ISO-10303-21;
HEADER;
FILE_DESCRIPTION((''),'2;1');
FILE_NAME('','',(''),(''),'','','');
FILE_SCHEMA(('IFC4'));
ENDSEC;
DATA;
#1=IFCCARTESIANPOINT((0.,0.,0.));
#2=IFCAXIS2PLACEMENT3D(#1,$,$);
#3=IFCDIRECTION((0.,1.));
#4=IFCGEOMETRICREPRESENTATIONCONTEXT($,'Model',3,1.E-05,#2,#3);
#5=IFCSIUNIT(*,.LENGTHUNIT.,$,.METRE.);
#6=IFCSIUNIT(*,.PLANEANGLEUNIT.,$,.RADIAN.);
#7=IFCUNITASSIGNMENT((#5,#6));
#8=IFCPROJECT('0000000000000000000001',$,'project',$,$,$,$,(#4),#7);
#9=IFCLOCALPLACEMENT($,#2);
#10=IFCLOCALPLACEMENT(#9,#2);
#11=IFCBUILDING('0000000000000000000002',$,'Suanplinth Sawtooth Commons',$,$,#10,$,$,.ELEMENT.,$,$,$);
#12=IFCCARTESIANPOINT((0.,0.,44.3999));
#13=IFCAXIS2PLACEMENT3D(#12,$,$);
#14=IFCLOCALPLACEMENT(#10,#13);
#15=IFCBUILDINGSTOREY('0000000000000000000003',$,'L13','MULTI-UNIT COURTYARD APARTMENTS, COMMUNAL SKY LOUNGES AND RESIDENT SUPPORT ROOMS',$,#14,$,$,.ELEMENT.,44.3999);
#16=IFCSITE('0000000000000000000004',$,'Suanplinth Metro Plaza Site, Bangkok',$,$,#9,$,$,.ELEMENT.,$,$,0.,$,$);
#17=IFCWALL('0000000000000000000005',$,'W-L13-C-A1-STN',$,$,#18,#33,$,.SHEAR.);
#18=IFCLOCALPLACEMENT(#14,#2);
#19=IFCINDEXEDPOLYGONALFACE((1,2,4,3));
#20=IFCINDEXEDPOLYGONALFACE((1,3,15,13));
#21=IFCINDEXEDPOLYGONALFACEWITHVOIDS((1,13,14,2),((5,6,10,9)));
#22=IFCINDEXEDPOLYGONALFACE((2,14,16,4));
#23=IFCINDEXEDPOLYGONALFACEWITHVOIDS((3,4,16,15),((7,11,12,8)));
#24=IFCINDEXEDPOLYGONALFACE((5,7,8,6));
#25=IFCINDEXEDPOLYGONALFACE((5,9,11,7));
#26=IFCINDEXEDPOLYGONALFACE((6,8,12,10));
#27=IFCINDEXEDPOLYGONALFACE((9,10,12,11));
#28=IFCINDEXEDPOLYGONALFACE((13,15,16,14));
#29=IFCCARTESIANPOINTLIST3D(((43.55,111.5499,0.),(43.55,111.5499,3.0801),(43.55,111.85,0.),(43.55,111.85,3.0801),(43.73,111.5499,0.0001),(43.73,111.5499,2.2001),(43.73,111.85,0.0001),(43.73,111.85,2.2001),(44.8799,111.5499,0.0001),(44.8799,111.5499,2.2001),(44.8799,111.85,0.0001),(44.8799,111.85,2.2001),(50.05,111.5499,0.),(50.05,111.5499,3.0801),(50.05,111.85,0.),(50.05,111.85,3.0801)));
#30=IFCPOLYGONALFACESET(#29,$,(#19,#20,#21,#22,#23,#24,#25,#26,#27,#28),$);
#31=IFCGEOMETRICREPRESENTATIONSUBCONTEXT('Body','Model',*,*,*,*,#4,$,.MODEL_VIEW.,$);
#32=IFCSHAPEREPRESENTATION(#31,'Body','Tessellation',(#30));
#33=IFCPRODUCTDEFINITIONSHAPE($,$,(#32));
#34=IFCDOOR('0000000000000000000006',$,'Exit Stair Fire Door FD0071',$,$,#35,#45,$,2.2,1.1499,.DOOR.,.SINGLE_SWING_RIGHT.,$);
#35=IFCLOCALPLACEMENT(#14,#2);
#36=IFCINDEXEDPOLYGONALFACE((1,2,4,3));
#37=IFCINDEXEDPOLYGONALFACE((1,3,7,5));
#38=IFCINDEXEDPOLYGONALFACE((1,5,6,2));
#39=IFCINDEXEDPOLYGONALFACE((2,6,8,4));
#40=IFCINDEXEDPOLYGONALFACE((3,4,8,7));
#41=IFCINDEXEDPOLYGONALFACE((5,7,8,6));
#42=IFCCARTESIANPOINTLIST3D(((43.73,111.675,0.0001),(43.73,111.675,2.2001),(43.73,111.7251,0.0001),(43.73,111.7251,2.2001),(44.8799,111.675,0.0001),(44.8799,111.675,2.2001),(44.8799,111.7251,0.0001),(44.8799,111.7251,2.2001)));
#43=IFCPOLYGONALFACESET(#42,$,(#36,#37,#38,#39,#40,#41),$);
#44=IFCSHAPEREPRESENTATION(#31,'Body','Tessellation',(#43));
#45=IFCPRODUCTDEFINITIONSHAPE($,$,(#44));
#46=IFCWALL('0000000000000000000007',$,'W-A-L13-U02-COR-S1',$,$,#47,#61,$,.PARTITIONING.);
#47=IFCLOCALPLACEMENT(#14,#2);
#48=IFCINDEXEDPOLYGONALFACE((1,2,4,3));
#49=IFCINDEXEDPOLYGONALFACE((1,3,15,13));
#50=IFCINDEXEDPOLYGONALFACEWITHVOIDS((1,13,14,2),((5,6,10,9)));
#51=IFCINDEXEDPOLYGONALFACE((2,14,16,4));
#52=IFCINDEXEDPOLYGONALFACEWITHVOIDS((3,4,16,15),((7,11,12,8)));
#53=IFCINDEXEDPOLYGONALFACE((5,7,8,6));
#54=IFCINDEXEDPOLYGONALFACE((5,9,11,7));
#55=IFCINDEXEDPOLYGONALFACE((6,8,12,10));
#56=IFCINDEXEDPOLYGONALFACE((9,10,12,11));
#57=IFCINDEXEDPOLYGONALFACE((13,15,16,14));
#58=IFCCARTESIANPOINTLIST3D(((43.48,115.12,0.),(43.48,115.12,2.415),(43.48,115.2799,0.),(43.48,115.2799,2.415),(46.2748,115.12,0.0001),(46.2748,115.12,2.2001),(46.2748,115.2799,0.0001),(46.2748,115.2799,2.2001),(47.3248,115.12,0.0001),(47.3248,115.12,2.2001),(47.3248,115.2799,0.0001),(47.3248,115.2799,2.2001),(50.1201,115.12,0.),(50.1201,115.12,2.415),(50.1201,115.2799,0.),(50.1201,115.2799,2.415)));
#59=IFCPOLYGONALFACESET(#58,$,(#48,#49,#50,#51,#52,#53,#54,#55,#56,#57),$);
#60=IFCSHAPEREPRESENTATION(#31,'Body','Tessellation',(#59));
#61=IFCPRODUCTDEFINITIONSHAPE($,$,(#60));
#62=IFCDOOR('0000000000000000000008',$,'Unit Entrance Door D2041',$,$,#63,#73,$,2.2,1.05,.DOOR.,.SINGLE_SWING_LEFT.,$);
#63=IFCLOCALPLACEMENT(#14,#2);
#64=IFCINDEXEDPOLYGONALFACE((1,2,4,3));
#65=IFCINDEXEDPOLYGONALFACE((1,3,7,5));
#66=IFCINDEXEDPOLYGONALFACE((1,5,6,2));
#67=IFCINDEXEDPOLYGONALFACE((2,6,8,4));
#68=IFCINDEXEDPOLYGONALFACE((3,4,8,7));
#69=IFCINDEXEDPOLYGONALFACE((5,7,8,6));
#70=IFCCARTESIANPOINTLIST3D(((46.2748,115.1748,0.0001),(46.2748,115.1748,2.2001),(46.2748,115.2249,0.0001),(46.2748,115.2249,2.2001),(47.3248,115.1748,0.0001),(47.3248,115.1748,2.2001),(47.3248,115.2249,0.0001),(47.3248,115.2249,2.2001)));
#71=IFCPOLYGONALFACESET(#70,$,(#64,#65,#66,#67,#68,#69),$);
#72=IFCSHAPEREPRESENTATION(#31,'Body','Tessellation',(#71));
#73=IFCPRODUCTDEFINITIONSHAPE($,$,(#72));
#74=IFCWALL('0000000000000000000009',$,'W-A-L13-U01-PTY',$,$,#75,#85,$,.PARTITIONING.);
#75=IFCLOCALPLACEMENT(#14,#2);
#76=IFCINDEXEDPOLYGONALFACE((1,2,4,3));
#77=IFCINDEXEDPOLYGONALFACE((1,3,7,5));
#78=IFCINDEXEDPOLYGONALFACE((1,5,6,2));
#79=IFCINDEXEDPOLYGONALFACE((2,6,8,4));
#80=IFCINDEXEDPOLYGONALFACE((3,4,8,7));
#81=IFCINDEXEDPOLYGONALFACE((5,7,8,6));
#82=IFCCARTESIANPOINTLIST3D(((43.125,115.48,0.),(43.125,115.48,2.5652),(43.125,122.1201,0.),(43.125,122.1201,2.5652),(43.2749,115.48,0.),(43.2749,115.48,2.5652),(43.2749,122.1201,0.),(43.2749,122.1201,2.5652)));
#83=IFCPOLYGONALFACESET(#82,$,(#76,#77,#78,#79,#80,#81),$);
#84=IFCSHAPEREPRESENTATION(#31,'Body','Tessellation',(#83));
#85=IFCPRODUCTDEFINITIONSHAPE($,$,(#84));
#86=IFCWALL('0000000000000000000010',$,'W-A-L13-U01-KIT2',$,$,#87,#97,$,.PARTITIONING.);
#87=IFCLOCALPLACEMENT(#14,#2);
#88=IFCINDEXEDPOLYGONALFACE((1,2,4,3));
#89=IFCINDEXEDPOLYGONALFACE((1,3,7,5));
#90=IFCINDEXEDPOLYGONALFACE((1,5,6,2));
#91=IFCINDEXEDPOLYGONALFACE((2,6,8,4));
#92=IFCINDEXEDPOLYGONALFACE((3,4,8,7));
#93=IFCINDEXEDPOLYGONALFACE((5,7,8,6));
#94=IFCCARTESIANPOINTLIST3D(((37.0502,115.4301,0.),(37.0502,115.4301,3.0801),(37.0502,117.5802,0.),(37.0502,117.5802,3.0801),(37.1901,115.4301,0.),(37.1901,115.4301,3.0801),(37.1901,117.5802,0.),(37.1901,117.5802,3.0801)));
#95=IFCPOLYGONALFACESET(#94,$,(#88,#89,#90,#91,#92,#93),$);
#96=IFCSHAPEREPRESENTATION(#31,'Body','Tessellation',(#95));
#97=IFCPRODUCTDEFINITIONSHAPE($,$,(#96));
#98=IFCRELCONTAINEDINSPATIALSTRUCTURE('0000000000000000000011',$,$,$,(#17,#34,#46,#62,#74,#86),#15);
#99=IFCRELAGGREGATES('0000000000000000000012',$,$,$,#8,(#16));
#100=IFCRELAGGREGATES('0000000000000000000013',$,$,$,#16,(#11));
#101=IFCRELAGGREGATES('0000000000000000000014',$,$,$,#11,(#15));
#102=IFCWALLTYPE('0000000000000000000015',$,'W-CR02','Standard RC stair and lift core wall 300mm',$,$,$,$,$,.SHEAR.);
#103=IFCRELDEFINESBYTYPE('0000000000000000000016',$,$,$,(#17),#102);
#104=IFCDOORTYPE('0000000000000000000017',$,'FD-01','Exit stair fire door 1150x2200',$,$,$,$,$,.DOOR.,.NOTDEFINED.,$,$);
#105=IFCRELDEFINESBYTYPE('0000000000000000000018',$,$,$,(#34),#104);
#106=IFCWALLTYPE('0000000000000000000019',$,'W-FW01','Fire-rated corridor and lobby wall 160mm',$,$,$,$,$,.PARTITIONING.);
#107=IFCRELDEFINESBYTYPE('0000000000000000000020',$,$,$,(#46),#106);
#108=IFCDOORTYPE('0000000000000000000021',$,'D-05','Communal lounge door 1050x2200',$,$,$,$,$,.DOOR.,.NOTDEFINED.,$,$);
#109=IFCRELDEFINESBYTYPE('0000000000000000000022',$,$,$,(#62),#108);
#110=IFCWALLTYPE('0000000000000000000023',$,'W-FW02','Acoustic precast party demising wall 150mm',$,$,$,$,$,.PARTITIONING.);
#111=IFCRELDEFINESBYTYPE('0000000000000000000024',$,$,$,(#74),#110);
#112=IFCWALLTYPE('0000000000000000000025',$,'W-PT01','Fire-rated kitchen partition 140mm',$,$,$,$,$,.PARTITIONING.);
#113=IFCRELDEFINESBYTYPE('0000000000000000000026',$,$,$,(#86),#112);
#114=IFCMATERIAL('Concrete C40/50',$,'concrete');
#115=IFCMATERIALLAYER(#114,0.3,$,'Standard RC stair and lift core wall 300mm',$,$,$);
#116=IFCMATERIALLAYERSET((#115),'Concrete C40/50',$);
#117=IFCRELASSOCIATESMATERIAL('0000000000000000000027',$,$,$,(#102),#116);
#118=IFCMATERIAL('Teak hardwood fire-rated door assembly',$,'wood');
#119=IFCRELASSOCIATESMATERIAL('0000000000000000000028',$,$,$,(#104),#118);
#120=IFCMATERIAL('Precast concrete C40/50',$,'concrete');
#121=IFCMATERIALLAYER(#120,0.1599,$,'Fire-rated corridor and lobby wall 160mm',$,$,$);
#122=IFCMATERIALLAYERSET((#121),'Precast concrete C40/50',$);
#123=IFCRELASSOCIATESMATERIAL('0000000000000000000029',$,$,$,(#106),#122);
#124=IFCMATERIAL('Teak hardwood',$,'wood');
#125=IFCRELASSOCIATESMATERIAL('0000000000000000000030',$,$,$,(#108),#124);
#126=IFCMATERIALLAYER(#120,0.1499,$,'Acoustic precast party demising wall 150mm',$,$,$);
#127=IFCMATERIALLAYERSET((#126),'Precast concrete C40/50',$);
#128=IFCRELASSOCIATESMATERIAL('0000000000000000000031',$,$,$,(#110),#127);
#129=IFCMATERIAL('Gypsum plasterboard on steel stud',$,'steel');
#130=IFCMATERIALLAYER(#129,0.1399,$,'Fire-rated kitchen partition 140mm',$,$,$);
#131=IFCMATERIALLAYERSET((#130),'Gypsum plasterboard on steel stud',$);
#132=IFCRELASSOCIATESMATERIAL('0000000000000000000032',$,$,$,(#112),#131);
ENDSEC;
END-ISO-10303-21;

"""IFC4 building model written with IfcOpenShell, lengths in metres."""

from ifc_helpers import new_model, si_unit, direction, frame, frame_2d, origin, place, context, subcontext, project, spatial, rectangle, extrude, material, layer, layer_set, type_object, element, fill, save


model = new_model("IFC4")

# Units and contexts
model_context = context("Model", 3, precision=1e-05, world=origin(), true_north=direction((0.0, 1.0)))
body_context = subcontext(model_context, "Body", "Model", "MODEL_VIEW")
ifc_project = project(units=[si_unit("LENGTHUNIT", "METRE"), si_unit("PLANEANGLEUNIT", "RADIAN")], contexts=[model_context])

# Site, building, storey
site_placement = place(None, origin())
site = spatial("IfcSite", under=ifc_project, at=site_placement, Name="Suanplinth Metro Plaza Site, Bangkok", CompositionType="ELEMENT", RefElevation=0.0)
building_placement = place(site_placement, origin())
building = spatial("IfcBuilding", under=site, at=building_placement, Name="Suanplinth Sawtooth Commons", CompositionType="ELEMENT")
storey_placement = place(building_placement, frame((0.0, 0.0, 44.3999)))
storey = spatial("IfcBuildingStorey", under=building, at=storey_placement, Name="L13", Description="MULTI-UNIT COURTYARD APARTMENTS, COMMUNAL SKY LOUNGES AND RESIDENT SUPPORT ROOMS", CompositionType="ELEMENT", Elevation=44.3999)

# Shared definitions
ifc_material_1 = material(Name="Precast concrete C40/50", Category="concrete")

# Walls, openings, doors
ifc_material_2 = material(Name="Concrete C40/50", Category="concrete")
ifc_layer_1 = layer(ifc_material_2, 0.3, Name="Standard RC stair and lift core wall 300mm")
ifc_layer_set_1 = layer_set([ifc_layer_1], Name="Concrete C40/50")
wall_type_1 = type_object("IfcWallType", Name="W-CR02", Description="Standard RC stair and lift core wall 300mm", PredefinedType="SHEAR", material=ifc_layer_set_1)
wall_1_placement = place(storey_placement, frame((43.55, 111.7, 0.0), z_axis=(0.0, 0.0, 1.0), x_axis=(1.0, 0.0, 0.0)))
wall_1 = element("IfcWall", 1, at=wall_1_placement, inside=storey, type_object=wall_type_1, Name="W-L13-C-A1-STN", PredefinedType="SHEAR", context=body_context, shape_type="SweptSolid", body=[
    extrude(rectangle(XDim=6.5, YDim=0.3, at=frame_2d((3.25, 0.0))), origin(), (0.0, 0.0, 1.0), 3.0801),
])
opening_1_placement = place(wall_1_placement, frame((0.1799, 0.0, 0.0)))
opening_1 = element("IfcOpeningElement", 2, at=opening_1_placement, cuts=wall_1, PredefinedType="OPENING", context=body_context, shape_type="SweptSolid", body=[
    extrude(rectangle(XDim=1.1499, YDim=2.2, at=frame_2d((0.575, 1.1001))), frame((0.0, 0.165, 0.0), z_axis=(0.0, -1.0, 0.0), x_axis=(1.0, 0.0, 0.0)), (0.0, 0.0, 1.0), 0.3298),
])
ifc_material_3 = material(Name="Teak hardwood fire-rated door assembly", Category="wood")
door_type_1 = type_object("IfcDoorType", Name="FD-01", Description="Exit stair fire door 1150x2200", OperationType="NOTDEFINED", PredefinedType="DOOR", material=ifc_material_3)
door_1_placement = place(opening_1_placement, frame((1.1499, 0.0, 0.0), z_axis=(0.0, 0.0, 1.0), x_axis=(-1.0, 0.0, 0.0)))
door_1 = element("IfcDoor", 3, at=door_1_placement, inside=storey, type_object=door_type_1, Name="Exit Stair Fire Door FD0071", OperationType="SINGLE_SWING_RIGHT", OverallHeight=2.2, OverallWidth=1.1499, PredefinedType="DOOR", context=body_context, shape_type="SweptSolid", body=[
    extrude(rectangle(XDim=1.1499, YDim=2.2, at=frame_2d((0.575, 1.1001))), frame((0.0, 0.0249, 0.0), z_axis=(0.0, -1.0, 0.0), x_axis=(1.0, 0.0, 0.0)), (0.0, 0.0, 1.0), 0.05),
])
fill(opening_1, door_1)
ifc_layer_2 = layer(ifc_material_1, 0.1599, Name="Fire-rated corridor and lobby wall 160mm")
ifc_layer_set_2 = layer_set([ifc_layer_2], Name="Precast concrete C40/50")
wall_type_2 = type_object("IfcWallType", Name="W-FW01", Description="Fire-rated corridor and lobby wall 160mm", PredefinedType="PARTITIONING", material=ifc_layer_set_2)
wall_2_placement = place(storey_placement, frame((43.48, 115.2, 0.0), z_axis=(0.0, 0.0, 1.0), x_axis=(1.0, 0.0, 0.0)))
wall_2 = element("IfcWall", 4, at=wall_2_placement, inside=storey, type_object=wall_type_2, Name="W-A-L13-U02-COR-S1", PredefinedType="PARTITIONING", context=body_context, shape_type="SweptSolid", body=[
    extrude(rectangle(XDim=6.6401, YDim=0.1599, at=frame_2d((3.3201, 0.0))), origin(), (0.0, 0.0, 1.0), 2.415),
])
opening_2_placement = place(wall_2_placement, frame((2.7949, 0.0, 0.0)))
opening_2 = element("IfcOpeningElement", 5, at=opening_2_placement, cuts=wall_2, PredefinedType="OPENING", context=body_context, shape_type="SweptSolid", body=[
    extrude(rectangle(XDim=1.05, YDim=2.2, at=frame_2d((0.5249, 1.1001))), frame((0.0, 0.0947, 0.0), z_axis=(0.0, -1.0, 0.0), x_axis=(1.0, 0.0, 0.0)), (0.0, 0.0, 1.0), 0.1897),
])
ifc_material_4 = material(Name="Teak hardwood", Category="wood")
door_type_2 = type_object("IfcDoorType", Name="D-05", Description="Communal lounge door 1050x2200", OperationType="NOTDEFINED", PredefinedType="DOOR", material=ifc_material_4)
door_2_placement = place(opening_2_placement, origin())
door_2 = element("IfcDoor", 6, at=door_2_placement, inside=storey, type_object=door_type_2, Name="Unit Entrance Door D2041", OperationType="SINGLE_SWING_LEFT", OverallHeight=2.2, OverallWidth=1.05, PredefinedType="DOOR", context=body_context, shape_type="SweptSolid", body=[
    extrude(rectangle(XDim=1.05, YDim=2.2, at=frame_2d((0.5249, 1.1001))), frame((0.0, 0.0249, 0.0), z_axis=(0.0, -1.0, 0.0), x_axis=(1.0, 0.0, 0.0)), (0.0, 0.0, 1.0), 0.05),
])
fill(opening_2, door_2)

# Walls
ifc_layer_3 = layer(ifc_material_1, 0.1499, Name="Acoustic precast party demising wall 150mm")
ifc_layer_set_3 = layer_set([ifc_layer_3], Name="Precast concrete C40/50")
wall_type_3 = type_object("IfcWallType", Name="W-FW02", Description="Acoustic precast party demising wall 150mm", PredefinedType="PARTITIONING", material=ifc_layer_set_3)
wall_3_placement = place(storey_placement, frame((43.2, 115.48, 0.0), z_axis=(0.0, 0.0, 1.0), x_axis=(0.0, 1.0, 0.0)))
element("IfcWall", 7, at=wall_3_placement, inside=storey, type_object=wall_type_3, Name="W-A-L13-U01-PTY", PredefinedType="PARTITIONING", context=body_context, shape_type="SweptSolid", body=[
    extrude(rectangle(XDim=6.6401, YDim=0.1499, at=frame_2d((3.3201, 0.0))), origin(), (0.0, 0.0, 1.0), 2.5652),
])
ifc_material_5 = material(Name="Gypsum plasterboard on steel stud", Category="steel")
ifc_layer_4 = layer(ifc_material_5, 0.1399, Name="Fire-rated kitchen partition 140mm")
ifc_layer_set_4 = layer_set([ifc_layer_4], Name="Gypsum plasterboard on steel stud")
wall_type_4 = type_object("IfcWallType", Name="W-PT01", Description="Fire-rated kitchen partition 140mm", PredefinedType="PARTITIONING", material=ifc_layer_set_4)
wall_4_placement = place(storey_placement, frame((37.1201, 115.4299, 0.0), z_axis=(0.0, 0.0, 1.0), x_axis=(0.0, 1.0, 0.0)))
element("IfcWall", 8, at=wall_4_placement, inside=storey, type_object=wall_type_4, Name="W-A-L13-U01-KIT2", PredefinedType="PARTITIONING", context=body_context, shape_type="SweptSolid", body=[
    extrude(rectangle(XDim=2.1501, YDim=0.1399, at=frame_2d((1.0752, 0.0))), origin(), (0.0, 0.0, 1.0), 3.0801),
])

save(model, "model.ifc")
